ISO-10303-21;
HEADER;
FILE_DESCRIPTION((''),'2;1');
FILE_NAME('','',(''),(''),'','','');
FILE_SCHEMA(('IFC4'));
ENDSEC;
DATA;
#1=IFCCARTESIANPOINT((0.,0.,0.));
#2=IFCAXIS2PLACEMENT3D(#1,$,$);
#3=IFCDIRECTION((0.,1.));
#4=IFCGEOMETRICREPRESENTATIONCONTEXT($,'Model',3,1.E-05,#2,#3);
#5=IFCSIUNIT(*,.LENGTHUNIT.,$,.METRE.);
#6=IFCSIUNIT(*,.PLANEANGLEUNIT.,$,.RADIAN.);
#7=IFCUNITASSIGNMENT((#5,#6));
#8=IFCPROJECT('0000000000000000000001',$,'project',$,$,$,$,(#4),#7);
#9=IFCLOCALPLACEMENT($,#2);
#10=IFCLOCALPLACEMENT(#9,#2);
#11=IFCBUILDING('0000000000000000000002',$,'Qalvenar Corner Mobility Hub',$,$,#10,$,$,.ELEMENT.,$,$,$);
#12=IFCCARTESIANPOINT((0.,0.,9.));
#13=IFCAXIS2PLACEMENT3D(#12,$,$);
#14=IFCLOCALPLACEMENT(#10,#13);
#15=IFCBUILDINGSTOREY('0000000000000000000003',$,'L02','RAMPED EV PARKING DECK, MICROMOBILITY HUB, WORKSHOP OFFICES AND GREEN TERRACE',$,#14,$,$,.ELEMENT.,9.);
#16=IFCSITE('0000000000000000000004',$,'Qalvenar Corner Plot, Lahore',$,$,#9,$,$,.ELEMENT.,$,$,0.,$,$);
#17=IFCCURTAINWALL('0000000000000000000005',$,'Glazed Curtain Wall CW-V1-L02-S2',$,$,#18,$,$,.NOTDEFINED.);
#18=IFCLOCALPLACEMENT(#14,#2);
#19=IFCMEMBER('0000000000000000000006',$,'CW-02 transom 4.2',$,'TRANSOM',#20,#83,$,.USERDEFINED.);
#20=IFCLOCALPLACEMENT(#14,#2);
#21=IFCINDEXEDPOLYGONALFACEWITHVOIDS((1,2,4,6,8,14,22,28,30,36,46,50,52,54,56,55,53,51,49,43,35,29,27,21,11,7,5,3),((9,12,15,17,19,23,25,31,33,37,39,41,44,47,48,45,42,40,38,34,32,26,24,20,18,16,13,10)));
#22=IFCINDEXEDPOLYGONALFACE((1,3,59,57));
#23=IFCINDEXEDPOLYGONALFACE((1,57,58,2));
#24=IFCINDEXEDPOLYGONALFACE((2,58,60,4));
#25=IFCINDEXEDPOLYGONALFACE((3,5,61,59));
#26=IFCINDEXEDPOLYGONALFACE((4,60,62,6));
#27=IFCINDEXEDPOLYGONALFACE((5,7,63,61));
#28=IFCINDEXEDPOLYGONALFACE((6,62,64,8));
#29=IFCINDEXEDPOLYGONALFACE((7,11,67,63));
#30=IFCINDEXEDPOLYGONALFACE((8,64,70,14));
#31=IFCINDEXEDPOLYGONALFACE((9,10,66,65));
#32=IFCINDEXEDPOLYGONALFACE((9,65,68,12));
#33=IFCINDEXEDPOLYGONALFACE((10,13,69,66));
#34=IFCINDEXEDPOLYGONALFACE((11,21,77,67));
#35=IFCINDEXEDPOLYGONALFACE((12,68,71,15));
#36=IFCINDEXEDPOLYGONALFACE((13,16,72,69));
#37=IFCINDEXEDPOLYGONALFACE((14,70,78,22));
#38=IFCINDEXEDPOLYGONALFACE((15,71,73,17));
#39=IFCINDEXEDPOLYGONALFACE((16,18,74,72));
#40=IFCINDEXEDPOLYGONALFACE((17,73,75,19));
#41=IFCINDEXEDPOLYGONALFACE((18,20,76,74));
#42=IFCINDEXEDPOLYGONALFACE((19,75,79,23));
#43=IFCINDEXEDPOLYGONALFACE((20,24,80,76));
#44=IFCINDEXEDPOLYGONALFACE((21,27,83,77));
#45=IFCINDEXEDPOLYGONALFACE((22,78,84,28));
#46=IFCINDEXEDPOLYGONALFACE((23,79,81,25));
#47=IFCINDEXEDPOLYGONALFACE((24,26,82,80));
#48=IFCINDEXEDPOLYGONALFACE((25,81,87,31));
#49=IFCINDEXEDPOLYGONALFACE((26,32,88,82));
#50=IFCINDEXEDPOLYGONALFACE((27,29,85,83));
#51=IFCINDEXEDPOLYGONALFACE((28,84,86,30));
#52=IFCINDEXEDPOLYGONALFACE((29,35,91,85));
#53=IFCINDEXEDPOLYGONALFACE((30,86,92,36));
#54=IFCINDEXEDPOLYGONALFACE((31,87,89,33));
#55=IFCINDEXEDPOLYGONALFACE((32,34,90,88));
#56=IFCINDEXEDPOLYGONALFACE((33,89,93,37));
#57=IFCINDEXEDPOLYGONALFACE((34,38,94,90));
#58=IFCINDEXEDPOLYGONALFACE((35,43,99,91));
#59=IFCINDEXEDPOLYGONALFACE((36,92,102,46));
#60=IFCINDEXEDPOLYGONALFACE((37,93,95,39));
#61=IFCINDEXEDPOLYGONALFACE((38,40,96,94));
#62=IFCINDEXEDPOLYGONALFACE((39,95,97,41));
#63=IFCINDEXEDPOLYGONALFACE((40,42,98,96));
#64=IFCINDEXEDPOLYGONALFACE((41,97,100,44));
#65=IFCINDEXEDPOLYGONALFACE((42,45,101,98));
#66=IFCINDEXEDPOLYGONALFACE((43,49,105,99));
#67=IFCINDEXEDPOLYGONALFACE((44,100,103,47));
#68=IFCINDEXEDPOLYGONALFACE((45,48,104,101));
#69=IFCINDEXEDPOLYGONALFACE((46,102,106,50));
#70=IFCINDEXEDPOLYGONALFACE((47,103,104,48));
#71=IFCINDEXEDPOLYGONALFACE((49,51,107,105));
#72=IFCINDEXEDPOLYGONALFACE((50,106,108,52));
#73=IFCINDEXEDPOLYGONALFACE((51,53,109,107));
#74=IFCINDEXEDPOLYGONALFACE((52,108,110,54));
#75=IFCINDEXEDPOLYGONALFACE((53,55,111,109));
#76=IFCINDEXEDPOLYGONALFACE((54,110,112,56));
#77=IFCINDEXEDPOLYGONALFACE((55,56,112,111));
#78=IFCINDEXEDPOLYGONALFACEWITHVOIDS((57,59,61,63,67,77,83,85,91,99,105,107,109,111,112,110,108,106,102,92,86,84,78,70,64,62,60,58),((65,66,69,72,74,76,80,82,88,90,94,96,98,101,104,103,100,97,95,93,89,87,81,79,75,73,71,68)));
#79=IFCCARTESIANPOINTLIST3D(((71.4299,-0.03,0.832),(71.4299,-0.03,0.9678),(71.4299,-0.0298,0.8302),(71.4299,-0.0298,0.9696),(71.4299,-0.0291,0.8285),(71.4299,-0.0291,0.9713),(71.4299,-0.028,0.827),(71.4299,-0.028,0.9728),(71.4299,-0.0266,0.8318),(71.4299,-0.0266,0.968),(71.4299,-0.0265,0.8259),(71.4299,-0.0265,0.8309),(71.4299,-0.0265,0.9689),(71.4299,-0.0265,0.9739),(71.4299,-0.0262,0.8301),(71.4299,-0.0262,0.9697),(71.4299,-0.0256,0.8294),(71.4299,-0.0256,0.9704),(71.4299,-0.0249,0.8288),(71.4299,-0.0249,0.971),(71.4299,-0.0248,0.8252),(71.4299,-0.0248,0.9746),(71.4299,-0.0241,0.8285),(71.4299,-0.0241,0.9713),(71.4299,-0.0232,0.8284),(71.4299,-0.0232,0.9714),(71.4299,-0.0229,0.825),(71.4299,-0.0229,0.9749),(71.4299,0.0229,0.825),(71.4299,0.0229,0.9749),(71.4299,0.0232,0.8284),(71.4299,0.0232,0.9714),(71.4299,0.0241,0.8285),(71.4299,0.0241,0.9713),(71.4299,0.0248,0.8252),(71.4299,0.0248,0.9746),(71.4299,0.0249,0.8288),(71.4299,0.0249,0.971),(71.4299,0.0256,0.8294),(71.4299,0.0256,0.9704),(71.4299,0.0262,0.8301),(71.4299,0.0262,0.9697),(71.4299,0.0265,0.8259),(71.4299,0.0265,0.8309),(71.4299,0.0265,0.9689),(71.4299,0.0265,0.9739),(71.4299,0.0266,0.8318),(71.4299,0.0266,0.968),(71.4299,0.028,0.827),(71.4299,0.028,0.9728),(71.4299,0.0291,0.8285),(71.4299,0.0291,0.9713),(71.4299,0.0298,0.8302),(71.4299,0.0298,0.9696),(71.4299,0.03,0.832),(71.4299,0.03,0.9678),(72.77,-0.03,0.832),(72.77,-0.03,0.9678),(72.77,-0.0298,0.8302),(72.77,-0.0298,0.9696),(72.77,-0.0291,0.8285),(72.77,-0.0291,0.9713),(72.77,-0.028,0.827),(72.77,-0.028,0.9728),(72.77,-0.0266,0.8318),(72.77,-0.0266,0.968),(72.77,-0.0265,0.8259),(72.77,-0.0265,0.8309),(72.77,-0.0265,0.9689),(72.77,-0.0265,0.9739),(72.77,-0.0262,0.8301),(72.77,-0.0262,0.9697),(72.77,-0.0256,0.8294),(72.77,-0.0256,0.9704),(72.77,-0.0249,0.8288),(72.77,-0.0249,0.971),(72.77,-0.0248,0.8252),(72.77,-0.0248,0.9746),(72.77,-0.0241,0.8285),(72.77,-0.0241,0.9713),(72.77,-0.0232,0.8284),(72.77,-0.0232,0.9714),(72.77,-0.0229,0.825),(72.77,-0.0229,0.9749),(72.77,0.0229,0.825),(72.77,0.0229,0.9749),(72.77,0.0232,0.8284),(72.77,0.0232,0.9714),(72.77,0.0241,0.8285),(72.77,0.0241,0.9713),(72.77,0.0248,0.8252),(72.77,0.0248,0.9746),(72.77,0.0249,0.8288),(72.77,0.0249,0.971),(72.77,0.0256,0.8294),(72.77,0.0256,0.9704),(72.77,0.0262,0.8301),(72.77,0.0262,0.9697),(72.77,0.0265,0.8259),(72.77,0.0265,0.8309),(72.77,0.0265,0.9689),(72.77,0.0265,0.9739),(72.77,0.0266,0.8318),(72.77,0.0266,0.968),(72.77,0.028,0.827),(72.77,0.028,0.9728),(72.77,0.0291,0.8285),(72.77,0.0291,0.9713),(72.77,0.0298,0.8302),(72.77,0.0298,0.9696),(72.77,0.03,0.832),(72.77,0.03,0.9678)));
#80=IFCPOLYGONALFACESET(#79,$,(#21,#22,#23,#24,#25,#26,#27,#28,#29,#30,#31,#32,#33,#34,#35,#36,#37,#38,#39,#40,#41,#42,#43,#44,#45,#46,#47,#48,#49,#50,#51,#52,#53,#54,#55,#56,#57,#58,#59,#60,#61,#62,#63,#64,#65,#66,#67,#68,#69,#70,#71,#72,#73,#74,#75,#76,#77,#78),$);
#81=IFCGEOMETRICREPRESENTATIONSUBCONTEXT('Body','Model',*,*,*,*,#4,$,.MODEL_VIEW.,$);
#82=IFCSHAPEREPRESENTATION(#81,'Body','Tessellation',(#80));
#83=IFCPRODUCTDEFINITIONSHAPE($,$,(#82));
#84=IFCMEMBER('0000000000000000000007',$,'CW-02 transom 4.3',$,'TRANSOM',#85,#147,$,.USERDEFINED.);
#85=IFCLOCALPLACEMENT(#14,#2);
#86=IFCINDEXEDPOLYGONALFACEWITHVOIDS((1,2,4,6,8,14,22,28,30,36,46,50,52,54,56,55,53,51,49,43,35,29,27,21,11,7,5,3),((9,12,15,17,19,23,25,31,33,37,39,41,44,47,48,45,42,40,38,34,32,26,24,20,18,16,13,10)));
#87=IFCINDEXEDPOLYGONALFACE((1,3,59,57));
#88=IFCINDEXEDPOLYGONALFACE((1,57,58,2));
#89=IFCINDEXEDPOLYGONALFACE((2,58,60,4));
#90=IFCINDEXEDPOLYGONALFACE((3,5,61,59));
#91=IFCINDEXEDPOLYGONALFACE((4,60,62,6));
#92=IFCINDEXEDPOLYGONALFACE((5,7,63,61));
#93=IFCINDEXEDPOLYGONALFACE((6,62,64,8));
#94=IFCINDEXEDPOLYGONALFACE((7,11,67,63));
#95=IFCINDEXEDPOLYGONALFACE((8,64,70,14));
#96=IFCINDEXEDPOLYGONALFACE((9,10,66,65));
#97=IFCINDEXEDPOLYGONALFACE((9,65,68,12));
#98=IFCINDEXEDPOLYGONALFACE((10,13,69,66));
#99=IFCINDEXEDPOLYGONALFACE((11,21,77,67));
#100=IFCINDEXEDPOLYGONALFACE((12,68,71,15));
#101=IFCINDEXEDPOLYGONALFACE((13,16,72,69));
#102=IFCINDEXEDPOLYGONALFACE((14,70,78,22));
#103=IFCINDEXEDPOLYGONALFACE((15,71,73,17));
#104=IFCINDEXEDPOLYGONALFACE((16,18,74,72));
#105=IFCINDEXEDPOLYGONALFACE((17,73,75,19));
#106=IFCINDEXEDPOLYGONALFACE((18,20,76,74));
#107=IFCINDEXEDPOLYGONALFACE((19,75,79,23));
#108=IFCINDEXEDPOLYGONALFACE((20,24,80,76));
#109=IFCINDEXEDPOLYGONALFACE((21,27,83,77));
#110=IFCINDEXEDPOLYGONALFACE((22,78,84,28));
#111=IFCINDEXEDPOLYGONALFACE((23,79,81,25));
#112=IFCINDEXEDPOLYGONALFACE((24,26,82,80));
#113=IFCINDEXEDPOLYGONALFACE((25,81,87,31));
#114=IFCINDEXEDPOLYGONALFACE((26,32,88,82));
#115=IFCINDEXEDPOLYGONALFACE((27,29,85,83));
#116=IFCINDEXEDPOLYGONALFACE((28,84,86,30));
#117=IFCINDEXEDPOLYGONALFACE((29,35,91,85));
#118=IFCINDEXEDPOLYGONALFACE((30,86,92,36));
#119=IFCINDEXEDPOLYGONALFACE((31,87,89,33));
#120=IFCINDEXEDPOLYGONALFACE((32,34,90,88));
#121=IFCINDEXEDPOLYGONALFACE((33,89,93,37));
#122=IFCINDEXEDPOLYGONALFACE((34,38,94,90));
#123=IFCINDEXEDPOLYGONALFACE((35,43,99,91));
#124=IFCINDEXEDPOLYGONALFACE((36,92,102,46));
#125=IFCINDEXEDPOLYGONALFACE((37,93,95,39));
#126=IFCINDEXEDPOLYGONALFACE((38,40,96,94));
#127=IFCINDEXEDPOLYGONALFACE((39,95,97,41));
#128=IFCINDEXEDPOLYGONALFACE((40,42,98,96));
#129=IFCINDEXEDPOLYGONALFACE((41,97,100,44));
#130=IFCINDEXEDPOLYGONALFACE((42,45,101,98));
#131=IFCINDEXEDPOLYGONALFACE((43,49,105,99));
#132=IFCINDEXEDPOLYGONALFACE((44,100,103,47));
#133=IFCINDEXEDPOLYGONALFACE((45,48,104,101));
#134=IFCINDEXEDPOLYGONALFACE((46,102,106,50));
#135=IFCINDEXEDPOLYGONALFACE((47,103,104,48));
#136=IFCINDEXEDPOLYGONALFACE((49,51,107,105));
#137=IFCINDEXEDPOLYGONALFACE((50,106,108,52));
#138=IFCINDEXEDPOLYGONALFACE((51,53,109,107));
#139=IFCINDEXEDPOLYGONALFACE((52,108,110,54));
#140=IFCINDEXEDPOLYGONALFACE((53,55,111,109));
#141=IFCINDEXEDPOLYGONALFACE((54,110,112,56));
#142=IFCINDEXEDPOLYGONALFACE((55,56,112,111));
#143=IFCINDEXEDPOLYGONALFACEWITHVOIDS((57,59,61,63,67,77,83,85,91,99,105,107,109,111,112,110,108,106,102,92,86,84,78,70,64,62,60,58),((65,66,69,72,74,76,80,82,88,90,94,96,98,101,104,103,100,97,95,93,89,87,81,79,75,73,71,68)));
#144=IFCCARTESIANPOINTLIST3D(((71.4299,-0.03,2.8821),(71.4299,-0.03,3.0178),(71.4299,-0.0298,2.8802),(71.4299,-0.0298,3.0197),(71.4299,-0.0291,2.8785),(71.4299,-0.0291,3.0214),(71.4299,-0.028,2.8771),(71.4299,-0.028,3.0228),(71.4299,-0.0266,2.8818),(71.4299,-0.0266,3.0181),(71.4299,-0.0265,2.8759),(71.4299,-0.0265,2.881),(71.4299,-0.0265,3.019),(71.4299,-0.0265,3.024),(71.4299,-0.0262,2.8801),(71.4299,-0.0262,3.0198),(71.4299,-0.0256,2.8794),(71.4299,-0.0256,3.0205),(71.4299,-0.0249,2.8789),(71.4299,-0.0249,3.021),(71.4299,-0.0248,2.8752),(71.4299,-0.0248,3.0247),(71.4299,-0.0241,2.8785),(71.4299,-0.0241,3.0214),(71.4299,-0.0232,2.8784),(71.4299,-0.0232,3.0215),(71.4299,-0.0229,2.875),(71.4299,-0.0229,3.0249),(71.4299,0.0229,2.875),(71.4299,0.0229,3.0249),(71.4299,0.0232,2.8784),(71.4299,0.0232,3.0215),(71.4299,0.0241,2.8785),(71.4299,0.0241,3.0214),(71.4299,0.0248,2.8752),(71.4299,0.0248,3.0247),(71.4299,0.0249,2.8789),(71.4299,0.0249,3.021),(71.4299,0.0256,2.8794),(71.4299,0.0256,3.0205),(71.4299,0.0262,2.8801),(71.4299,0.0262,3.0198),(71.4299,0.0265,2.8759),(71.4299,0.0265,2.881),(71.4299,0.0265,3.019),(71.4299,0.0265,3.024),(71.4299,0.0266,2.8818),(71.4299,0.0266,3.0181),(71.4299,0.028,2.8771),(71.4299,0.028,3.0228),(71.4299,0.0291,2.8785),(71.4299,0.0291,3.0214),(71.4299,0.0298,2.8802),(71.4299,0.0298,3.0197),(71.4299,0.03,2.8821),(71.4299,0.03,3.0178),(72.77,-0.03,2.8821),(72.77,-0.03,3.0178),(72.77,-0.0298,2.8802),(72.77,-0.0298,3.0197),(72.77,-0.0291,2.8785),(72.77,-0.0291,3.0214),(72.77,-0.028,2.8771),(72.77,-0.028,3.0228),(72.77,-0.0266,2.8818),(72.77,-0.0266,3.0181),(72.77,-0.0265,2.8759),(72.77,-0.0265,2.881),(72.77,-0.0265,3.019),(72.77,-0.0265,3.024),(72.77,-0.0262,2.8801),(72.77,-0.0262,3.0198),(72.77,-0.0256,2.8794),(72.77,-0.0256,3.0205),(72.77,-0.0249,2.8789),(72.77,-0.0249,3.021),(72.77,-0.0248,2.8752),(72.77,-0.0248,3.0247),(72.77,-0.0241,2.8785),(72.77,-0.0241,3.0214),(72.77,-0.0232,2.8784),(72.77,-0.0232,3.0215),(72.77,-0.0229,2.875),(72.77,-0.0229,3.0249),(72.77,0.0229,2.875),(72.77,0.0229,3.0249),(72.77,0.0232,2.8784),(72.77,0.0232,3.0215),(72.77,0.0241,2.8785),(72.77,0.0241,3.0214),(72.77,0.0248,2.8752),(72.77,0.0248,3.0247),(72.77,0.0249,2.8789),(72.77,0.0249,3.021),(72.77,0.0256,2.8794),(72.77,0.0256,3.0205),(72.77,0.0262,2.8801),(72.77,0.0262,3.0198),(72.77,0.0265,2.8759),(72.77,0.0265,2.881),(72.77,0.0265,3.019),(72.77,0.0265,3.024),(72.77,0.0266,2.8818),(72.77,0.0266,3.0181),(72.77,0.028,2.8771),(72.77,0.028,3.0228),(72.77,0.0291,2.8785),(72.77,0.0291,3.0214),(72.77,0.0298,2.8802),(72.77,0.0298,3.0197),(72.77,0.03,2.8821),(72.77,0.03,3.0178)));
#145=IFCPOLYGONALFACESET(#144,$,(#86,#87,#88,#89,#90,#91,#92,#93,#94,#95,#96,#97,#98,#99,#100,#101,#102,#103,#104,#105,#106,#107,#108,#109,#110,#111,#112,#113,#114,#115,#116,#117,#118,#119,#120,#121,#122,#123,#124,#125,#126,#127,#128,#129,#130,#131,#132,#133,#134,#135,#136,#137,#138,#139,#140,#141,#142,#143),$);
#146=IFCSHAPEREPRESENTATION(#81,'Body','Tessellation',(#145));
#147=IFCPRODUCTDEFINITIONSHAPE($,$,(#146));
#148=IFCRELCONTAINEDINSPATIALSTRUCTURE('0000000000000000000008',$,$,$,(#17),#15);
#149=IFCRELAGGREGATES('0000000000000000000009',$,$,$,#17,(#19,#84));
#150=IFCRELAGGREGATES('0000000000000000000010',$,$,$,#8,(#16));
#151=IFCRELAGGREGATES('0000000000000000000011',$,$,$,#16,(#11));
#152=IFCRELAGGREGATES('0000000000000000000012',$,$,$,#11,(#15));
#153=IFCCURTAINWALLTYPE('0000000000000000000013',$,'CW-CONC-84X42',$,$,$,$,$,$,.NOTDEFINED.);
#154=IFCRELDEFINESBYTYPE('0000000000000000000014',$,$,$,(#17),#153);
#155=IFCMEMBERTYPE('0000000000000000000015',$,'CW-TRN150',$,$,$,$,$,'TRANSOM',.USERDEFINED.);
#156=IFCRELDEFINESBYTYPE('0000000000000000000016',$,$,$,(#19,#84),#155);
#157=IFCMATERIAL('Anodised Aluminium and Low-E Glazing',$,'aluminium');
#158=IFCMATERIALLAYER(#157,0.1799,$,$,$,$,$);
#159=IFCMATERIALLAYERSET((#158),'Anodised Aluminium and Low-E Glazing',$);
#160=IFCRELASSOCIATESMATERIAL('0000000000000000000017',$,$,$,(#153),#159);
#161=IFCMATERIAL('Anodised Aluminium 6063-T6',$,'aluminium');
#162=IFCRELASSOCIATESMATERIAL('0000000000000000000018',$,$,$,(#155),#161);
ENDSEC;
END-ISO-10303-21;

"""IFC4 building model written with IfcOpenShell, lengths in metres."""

from ifc_helpers import new_model, si_unit, direction, frame, origin, origin_2d, place, context, subcontext, project, spatial, hollow_rectangle, extrude, material, layer, layer_set, material_profile, profile_set, type_object, element, aggregate, save


model = new_model("IFC4")

# Units and contexts
model_context = context("Model", 3, precision=1e-05, world=origin(), true_north=direction((0.0, 1.0)))
body_context = subcontext(model_context, "Body", "Model", "MODEL_VIEW")
ifc_project = project(units=[si_unit("LENGTHUNIT", "METRE"), si_unit("PLANEANGLEUNIT", "RADIAN")], contexts=[model_context])

# Site, building, storey
site_placement = place(None, origin())
site = spatial("IfcSite", under=ifc_project, at=site_placement, Name="Qalvenar Corner Plot, Lahore", CompositionType="ELEMENT", RefElevation=0.0)
building_placement = place(site_placement, origin())
building = spatial("IfcBuilding", under=site, at=building_placement, Name="Qalvenar Corner Mobility Hub", CompositionType="ELEMENT")
storey_placement = place(building_placement, frame((0.0, 0.0, 9.0)))
storey = spatial("IfcBuildingStorey", under=building, at=storey_placement, Name="L02", Description="RAMPED EV PARKING DECK, MICROMOBILITY HUB, WORKSHOP OFFICES AND GREEN TERRACE", CompositionType="ELEMENT", Elevation=9.0)

# Curtain wall, members
ifc_material_1 = material(Name="Anodised Aluminium and Low-E Glazing", Category="aluminium")
ifc_layer_1 = layer(ifc_material_1, 0.1799)
ifc_layer_set_1 = layer_set([ifc_layer_1], Name="Anodised Aluminium and Low-E Glazing")
curtain_wall_type = type_object("IfcCurtainWallType", Name="CW-CONC-84X42", PredefinedType="NOTDEFINED", material=ifc_layer_set_1)
curtain_wall_placement = place(storey_placement, origin())
curtain_wall = element("IfcCurtainWall", 1, at=curtain_wall_placement, inside=storey, type_object=curtain_wall_type, Name="Glazed Curtain Wall CW-V1-L02-S2", PredefinedType="NOTDEFINED")
ifc_material_2 = material(Name="Anodised Aluminium 6063-T6", Category="aluminium")
ifc_material_profile_1 = material_profile(ifc_material_2, hollow_rectangle(XDim=0.0601, YDim=0.1499, WallThickness=0.0034, InnerFilletRadius=0.0034, OuterFilletRadius=0.0071, at=origin_2d()), Name="RHS150x60x3.5")
ifc_profile_set_1 = profile_set([ifc_material_profile_1], Name="Anodised Aluminium 6063-T6")
member_type_1 = type_object("IfcMemberType", Name="CW-TRN150", ElementType="TRANSOM", PredefinedType="USERDEFINED", material=ifc_profile_set_1)
member_1_placement = place(storey_placement, frame((71.4299, 0.0, 0.8999), z_axis=(1.0, 0.0, 0.0), x_axis=(0.0, 1.0, 0.0)))
member_1 = element("IfcMember", 2, at=member_1_placement, type_object=member_type_1, Name="CW-02 transom 4.2", ObjectType="TRANSOM", PredefinedType="USERDEFINED", context=body_context, shape_type="SweptSolid", body=[
    extrude(hollow_rectangle(XDim=0.0601, YDim=0.1499, WallThickness=0.0034, InnerFilletRadius=0.0034, OuterFilletRadius=0.0071, at=origin_2d()), origin(), (0.0, 0.0, 1.0), 1.3401),
])
member_2_placement = place(storey_placement, frame((71.4299, 0.0, 2.95), z_axis=(1.0, 0.0, 0.0), x_axis=(0.0, 1.0, 0.0)))
member_2 = element("IfcMember", 3, at=member_2_placement, type_object=member_type_1, Name="CW-02 transom 4.3", ObjectType="TRANSOM", PredefinedType="USERDEFINED", context=body_context, shape_type="SweptSolid", body=[
    extrude(hollow_rectangle(XDim=0.0601, YDim=0.1499, WallThickness=0.0034, InnerFilletRadius=0.0034, OuterFilletRadius=0.0071, at=origin_2d()), origin(), (0.0, 0.0, 1.0), 1.3401),
])
aggregate(curtain_wall, [member_1, member_2])

save(model, "model.ifc")
